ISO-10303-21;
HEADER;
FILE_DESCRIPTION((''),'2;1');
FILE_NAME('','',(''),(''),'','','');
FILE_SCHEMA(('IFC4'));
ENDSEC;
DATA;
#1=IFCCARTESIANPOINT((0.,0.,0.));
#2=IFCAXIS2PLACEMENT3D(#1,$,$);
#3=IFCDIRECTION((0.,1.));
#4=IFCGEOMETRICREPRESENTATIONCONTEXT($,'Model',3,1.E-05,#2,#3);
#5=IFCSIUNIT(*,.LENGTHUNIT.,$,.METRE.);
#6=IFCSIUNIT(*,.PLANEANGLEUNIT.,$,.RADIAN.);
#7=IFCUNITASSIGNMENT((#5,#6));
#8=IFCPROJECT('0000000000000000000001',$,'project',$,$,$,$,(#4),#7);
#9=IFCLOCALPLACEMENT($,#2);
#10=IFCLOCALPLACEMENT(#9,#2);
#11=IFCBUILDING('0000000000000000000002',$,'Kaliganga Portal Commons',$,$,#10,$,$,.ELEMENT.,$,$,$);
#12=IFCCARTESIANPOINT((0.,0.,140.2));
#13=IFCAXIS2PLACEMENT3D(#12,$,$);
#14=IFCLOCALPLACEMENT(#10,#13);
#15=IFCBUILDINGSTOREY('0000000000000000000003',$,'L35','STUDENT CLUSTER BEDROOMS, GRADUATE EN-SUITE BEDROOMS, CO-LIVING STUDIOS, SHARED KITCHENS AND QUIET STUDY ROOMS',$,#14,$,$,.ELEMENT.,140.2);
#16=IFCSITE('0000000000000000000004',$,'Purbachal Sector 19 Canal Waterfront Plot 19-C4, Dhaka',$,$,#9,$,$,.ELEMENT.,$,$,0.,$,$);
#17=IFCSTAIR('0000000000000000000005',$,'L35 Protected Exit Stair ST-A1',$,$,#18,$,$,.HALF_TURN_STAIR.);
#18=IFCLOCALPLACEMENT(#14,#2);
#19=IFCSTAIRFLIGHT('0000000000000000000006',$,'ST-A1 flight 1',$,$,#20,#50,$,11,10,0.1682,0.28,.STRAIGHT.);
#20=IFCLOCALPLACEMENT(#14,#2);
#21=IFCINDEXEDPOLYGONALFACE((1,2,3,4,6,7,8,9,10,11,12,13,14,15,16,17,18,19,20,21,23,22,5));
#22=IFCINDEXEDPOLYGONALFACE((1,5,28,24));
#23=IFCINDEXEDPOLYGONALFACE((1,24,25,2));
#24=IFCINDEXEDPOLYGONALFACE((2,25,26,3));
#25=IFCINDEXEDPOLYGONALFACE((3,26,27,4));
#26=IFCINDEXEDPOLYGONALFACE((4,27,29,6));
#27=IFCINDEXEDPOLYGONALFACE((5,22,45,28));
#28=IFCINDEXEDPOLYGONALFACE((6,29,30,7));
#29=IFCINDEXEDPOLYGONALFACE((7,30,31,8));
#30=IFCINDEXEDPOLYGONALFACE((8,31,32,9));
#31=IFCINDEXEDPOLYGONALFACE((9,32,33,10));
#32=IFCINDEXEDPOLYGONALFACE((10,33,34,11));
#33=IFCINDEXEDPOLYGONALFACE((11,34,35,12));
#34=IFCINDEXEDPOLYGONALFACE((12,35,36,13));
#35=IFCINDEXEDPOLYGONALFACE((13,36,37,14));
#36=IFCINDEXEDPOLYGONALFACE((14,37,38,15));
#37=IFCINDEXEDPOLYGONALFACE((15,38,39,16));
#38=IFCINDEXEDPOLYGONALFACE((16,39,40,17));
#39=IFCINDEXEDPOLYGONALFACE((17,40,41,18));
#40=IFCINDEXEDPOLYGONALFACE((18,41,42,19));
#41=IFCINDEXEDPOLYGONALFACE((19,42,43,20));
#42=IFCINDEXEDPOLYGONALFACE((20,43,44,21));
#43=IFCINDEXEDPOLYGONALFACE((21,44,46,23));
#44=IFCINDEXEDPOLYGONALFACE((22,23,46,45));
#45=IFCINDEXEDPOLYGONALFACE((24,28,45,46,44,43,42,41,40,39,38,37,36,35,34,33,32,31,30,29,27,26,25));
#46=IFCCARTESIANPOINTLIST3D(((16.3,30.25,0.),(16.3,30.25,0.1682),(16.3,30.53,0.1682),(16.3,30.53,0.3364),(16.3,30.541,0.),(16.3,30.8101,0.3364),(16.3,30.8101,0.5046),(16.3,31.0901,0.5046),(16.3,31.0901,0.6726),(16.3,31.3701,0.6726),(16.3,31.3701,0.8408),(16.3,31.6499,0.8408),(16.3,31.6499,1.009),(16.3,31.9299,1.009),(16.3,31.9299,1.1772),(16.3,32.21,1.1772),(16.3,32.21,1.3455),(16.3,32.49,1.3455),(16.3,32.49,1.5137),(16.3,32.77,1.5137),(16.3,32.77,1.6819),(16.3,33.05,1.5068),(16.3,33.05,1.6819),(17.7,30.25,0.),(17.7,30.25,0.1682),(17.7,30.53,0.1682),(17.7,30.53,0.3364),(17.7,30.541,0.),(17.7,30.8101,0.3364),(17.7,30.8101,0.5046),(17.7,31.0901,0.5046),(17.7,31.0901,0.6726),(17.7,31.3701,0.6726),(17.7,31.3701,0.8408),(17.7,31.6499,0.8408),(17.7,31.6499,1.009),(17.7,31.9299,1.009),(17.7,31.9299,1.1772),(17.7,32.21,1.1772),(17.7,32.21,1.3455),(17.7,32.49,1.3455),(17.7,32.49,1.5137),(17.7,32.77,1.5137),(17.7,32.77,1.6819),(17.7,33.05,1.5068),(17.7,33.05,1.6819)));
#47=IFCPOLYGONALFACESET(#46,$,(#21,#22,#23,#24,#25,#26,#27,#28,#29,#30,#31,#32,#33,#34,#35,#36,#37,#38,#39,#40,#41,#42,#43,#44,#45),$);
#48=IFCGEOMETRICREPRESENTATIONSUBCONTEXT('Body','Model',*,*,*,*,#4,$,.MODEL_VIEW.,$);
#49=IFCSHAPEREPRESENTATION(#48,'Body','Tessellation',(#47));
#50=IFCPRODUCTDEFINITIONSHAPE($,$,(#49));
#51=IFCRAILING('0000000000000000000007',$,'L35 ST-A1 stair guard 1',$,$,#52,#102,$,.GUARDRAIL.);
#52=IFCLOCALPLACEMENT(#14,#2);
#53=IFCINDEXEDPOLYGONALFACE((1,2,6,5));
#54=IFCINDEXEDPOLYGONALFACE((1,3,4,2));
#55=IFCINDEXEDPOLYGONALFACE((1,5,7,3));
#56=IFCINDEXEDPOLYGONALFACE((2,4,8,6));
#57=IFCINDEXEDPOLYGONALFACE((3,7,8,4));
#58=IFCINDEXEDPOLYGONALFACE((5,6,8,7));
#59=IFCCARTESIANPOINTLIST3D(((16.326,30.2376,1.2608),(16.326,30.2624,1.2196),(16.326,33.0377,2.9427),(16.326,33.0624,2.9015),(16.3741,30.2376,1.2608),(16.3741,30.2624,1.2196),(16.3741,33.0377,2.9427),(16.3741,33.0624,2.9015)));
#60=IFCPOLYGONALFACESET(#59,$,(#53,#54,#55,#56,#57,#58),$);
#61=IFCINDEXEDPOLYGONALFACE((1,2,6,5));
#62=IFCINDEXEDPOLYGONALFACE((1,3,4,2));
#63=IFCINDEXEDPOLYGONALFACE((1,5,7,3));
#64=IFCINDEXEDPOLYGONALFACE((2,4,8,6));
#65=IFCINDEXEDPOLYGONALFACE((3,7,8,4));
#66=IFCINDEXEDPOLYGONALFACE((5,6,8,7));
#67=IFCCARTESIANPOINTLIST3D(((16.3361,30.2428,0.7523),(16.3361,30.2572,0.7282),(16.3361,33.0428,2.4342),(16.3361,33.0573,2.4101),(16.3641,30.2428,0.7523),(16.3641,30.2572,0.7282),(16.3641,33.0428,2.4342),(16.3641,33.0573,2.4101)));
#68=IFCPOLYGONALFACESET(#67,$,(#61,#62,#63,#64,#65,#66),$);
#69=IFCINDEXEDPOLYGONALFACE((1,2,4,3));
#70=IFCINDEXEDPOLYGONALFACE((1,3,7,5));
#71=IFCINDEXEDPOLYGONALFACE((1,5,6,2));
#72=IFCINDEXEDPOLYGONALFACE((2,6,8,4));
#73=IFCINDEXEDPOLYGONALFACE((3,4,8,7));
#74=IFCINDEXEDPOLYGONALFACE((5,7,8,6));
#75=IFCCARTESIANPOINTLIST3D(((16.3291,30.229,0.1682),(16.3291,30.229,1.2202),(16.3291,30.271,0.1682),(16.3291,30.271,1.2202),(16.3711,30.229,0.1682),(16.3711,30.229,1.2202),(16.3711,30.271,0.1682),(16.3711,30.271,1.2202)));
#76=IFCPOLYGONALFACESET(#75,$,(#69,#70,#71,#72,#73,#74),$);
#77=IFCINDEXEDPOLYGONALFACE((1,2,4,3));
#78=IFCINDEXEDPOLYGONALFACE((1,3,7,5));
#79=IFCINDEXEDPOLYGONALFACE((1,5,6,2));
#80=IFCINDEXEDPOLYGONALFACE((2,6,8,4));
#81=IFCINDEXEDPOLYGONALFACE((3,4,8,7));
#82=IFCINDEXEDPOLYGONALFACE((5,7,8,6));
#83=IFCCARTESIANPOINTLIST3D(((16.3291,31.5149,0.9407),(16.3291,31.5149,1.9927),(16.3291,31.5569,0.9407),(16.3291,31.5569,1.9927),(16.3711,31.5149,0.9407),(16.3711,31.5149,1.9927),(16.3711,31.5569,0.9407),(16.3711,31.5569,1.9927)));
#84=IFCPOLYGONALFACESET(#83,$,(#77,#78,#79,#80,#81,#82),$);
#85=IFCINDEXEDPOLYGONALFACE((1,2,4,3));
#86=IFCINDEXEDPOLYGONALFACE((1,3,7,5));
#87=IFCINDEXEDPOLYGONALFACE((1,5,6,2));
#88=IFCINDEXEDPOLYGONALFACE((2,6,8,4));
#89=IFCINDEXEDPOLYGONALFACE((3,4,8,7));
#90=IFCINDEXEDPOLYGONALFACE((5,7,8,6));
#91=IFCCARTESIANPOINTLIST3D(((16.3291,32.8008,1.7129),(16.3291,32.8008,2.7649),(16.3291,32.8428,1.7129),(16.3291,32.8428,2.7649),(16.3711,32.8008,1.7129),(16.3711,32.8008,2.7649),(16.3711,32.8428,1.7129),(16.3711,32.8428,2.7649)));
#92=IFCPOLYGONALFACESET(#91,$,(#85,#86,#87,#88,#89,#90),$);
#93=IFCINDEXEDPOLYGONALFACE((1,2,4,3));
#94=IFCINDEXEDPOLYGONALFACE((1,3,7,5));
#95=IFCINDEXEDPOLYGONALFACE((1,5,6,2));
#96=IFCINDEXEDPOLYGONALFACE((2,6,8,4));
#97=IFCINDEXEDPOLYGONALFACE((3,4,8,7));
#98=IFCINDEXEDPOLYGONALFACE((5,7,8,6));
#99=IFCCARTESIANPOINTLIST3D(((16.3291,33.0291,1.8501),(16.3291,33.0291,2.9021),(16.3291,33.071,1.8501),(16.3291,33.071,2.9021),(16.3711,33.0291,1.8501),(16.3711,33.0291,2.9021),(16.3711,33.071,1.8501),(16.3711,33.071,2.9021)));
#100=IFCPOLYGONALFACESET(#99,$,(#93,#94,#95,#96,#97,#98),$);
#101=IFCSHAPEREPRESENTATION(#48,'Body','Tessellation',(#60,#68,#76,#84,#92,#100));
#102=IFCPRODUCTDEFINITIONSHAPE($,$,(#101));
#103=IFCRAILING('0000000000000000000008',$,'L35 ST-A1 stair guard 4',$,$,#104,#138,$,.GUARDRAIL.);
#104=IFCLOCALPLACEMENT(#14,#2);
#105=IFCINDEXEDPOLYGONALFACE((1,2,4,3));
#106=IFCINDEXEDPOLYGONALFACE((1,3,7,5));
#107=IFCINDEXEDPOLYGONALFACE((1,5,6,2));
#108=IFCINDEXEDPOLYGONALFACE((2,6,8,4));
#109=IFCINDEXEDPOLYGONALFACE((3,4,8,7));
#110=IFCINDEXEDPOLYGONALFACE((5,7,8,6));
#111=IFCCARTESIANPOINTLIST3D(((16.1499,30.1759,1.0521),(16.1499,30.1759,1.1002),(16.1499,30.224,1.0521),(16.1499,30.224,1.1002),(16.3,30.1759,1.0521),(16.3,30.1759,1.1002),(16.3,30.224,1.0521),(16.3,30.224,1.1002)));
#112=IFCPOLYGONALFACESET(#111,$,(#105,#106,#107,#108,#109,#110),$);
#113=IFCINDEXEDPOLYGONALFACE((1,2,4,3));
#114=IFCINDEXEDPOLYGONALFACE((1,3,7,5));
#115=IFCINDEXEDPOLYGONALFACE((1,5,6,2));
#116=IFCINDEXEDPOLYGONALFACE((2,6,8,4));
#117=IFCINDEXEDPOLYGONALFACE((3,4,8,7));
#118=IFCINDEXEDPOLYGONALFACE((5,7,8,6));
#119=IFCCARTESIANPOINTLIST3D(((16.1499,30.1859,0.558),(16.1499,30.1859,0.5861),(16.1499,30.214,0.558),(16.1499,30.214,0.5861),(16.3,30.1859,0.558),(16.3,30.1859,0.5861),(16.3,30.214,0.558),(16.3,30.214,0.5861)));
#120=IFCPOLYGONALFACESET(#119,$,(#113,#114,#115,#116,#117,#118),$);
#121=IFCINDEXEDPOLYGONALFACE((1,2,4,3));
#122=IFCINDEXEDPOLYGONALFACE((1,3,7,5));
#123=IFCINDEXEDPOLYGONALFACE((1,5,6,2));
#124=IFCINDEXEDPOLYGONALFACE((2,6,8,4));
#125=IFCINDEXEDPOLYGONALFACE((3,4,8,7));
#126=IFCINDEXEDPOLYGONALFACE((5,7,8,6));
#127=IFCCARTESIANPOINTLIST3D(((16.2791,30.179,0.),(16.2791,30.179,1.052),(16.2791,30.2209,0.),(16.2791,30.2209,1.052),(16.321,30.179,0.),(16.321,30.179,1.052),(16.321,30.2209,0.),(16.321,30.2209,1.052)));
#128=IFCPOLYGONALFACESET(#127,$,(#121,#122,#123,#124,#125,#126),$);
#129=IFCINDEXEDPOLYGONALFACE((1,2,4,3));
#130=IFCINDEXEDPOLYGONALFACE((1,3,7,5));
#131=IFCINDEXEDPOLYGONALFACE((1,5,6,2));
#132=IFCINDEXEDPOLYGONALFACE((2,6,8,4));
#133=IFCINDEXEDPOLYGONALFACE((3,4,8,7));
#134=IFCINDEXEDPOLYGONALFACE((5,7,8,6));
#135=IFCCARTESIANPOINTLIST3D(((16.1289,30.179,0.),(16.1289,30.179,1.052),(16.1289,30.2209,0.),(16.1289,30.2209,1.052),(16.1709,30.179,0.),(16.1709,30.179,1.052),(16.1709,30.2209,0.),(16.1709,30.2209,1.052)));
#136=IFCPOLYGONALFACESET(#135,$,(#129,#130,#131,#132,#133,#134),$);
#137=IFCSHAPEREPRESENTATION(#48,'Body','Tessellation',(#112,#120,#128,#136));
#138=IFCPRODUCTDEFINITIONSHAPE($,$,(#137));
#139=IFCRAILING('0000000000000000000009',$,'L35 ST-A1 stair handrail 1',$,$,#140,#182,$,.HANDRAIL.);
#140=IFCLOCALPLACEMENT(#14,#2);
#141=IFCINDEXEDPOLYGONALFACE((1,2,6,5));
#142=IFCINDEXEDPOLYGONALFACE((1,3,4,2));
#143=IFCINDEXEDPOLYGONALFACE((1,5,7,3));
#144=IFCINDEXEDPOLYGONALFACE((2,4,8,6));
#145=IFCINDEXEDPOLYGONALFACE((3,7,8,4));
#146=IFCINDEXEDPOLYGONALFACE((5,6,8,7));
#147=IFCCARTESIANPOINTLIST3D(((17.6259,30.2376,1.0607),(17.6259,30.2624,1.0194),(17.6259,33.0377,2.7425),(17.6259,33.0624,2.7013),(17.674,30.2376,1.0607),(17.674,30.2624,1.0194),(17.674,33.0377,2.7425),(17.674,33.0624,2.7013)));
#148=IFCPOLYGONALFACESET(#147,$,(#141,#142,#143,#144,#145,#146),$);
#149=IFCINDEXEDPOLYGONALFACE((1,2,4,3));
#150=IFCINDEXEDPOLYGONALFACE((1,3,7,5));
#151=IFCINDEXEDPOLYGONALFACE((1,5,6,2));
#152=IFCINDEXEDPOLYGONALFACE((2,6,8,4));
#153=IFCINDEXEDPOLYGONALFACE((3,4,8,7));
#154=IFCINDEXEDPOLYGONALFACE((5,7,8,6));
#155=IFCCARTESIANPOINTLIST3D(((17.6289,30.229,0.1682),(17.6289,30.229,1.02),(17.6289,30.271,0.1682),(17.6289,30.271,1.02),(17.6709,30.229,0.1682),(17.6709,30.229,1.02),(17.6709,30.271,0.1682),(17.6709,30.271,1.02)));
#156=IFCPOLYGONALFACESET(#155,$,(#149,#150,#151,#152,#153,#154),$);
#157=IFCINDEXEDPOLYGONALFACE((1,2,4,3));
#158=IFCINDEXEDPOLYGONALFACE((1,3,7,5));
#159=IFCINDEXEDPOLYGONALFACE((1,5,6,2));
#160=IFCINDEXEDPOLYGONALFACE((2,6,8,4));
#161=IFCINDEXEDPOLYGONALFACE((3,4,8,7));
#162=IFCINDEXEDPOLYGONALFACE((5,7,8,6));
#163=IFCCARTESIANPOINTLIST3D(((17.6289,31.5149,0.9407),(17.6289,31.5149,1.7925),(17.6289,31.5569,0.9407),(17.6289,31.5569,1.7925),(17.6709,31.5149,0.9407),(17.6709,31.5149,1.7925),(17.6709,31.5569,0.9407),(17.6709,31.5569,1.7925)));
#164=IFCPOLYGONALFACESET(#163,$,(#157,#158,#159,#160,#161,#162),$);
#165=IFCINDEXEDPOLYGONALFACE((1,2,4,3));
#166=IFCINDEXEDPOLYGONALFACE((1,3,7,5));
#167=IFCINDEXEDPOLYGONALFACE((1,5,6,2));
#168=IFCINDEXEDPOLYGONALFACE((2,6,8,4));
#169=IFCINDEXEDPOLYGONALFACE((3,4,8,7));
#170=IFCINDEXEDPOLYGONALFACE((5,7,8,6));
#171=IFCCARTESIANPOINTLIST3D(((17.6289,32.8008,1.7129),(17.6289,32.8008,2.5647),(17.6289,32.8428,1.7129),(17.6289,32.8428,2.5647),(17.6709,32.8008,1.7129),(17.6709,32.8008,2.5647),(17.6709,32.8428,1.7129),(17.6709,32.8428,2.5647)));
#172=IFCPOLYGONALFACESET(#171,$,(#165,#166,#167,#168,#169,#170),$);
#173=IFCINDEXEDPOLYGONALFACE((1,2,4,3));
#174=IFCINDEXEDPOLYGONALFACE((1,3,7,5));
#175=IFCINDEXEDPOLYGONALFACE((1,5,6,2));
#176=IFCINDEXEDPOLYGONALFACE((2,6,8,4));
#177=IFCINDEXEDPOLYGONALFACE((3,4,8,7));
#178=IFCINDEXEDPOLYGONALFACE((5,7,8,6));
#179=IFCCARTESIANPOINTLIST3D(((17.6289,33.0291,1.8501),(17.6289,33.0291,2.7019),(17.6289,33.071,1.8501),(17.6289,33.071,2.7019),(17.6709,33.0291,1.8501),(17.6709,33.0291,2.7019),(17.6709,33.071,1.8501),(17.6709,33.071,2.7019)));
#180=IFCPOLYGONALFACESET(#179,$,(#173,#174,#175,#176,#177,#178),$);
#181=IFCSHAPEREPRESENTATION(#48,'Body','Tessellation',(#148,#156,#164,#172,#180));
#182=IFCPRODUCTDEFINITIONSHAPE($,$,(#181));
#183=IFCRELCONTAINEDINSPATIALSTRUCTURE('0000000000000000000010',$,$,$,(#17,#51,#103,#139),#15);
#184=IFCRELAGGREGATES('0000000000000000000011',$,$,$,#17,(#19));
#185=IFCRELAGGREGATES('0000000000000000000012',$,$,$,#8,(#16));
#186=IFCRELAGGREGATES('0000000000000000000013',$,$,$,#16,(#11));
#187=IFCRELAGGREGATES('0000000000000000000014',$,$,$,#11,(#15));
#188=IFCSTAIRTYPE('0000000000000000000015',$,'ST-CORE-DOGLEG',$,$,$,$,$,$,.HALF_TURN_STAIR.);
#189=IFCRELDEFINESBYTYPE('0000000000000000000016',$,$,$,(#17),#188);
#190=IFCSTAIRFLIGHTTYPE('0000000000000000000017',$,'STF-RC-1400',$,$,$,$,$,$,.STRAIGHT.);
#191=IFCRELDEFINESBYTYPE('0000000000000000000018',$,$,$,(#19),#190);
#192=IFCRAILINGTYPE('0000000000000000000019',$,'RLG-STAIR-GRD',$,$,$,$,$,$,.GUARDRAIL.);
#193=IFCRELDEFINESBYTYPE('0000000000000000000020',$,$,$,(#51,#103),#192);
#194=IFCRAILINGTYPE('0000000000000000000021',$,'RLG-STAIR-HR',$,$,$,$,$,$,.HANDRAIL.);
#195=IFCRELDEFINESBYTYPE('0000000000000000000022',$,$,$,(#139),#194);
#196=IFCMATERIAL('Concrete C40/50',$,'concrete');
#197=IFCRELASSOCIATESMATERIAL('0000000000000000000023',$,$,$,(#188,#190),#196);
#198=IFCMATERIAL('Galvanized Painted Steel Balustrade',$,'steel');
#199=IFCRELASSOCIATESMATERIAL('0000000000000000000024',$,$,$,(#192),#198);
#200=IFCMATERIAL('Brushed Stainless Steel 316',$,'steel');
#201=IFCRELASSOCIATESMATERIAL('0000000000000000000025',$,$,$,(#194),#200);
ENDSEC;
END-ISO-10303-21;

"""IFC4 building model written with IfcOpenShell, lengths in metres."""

from ifc_helpers import new_model, si_unit, direction, frame, origin, origin_2d, place, context, subcontext, project, spatial, polyline, rectangle, outline, extrude, material, type_object, element, aggregate, save


model = new_model("IFC4")

# Units and contexts
model_context = context("Model", 3, precision=1e-05, world=origin(), true_north=direction((0.0, 1.0)))
body_context = subcontext(model_context, "Body", "Model", "MODEL_VIEW")
ifc_project = project(units=[si_unit("LENGTHUNIT", "METRE"), si_unit("PLANEANGLEUNIT", "RADIAN")], contexts=[model_context])

# Site, building, storey
site_placement = place(None, origin())
site = spatial("IfcSite", under=ifc_project, at=site_placement, Name="Purbachal Sector 19 Canal Waterfront Plot 19-C4, Dhaka", CompositionType="ELEMENT", RefElevation=0.0)
building_placement = place(site_placement, origin())
building = spatial("IfcBuilding", under=site, at=building_placement, Name="Kaliganga Portal Commons", CompositionType="ELEMENT")
storey_placement = place(building_placement, frame((0.0, 0.0, 140.2)))
storey = spatial("IfcBuildingStorey", under=building, at=storey_placement, Name="L35", Description="STUDENT CLUSTER BEDROOMS, GRADUATE EN-SUITE BEDROOMS, CO-LIVING STUDIOS, SHARED KITCHENS AND QUIET STUDY ROOMS", CompositionType="ELEMENT", Elevation=140.2)

# Stair, stair flight
ifc_material_1 = material(Name="Concrete C40/50", Category="concrete")
stair_type = type_object("IfcStairType", Name="ST-CORE-DOGLEG", PredefinedType="HALF_TURN_STAIR", material=ifc_material_1)
stair_placement = place(storey_placement, origin())
stair = element("IfcStair", 1, at=stair_placement, inside=storey, type_object=stair_type, Name="L35 Protected Exit Stair ST-A1", PredefinedType="HALF_TURN_STAIR")
stair_flight_type = type_object("IfcStairFlightType", Name="STF-RC-1400", PredefinedType="STRAIGHT", material=ifc_material_1)
stair_flight_placement = place(storey_placement, frame((17.0, 30.25, 0.0), z_axis=(0.0, 0.0, 1.0), x_axis=(0.0, 1.0, 0.0)))
stair_flight = element("IfcStairFlight", 2, at=stair_flight_placement, type_object=stair_flight_type, Name="ST-A1 flight 1", NumberOfRisers=11, NumberOfTreads=10, PredefinedType="STRAIGHT", RiserHeight=0.1682, TreadLength=0.28, context=body_context, shape_type="SweptSolid", body=[
    extrude(outline(polyline([(0.0, 0.0), (0.0, 0.1682), (0.28, 0.1682), (0.28, 0.3364), (0.5601, 0.3364), (0.5601, 0.5046), (0.8401, 0.5046), (0.8401, 0.6726), (1.1201, 0.6726), (1.1201, 0.8408), (1.3999, 0.8408), (1.3999, 1.009), (1.6799, 1.009), (1.6799, 1.1772), (1.96, 1.1772), (1.96, 1.3455), (2.24, 1.3455), (2.24, 1.5137), (2.52, 1.5137), (2.52, 1.6819), (2.8, 1.6819), (2.8, 1.8501), (2.8, 1.5068), (0.291, 0.0), (0.0, 0.0)])), frame((0.0, 0.7, 0.0), z_axis=(0.0, -1.0, 0.0), x_axis=(1.0, 0.0, 0.0)), (0.0, 0.0, 1.0), 1.3999),
])
aggregate(stair, [stair_flight])

# Railings
ifc_material_2 = material(Name="Galvanized Painted Steel Balustrade", Category="steel")
railing_type_1 = type_object("IfcRailingType", Name="RLG-STAIR-GRD", PredefinedType="GUARDRAIL", material=ifc_material_2)
railing_1_placement = place(storey_placement, frame((16.3501, 30.25, 0.1682)))
element("IfcRailing", 3, at=railing_1_placement, inside=storey, type_object=railing_type_1, Name="L35 ST-A1 stair guard 1", PredefinedType="GUARDRAIL", context=body_context, shape_type="SweptSolid", body=[
    extrude(rectangle(XDim=0.0481, YDim=0.0481, at=origin_2d()), frame((0.0, 0.0, 1.072), z_axis=(0.0, 0.857242, 0.514913), x_axis=(-1.0, 0.0, 0.0)), (0.0, 0.0, 1.0), 3.2664),
    extrude(rectangle(XDim=0.0281, YDim=0.0281, at=origin_2d()), frame((0.0, 0.0, 0.572), z_axis=(0.0, 0.857242, 0.514913), x_axis=(-1.0, 0.0, 0.0)), (0.0, 0.0, 1.0), 3.2664),
    extrude(rectangle(XDim=0.042, YDim=0.042, at=origin_2d()), origin(), (0.0, 0.0, 1.0), 1.052),
    extrude(rectangle(XDim=0.042, YDim=0.042, at=origin_2d()), frame((0.0, 1.2859, 0.7725)), (0.0, 0.0, 1.0), 1.052),
    extrude(rectangle(XDim=0.042, YDim=0.042, at=origin_2d()), frame((0.0, 2.5718, 1.5447)), (0.0, 0.0, 1.0), 1.052),
    extrude(rectangle(XDim=0.042, YDim=0.042, at=origin_2d()), frame((0.0, 2.8, 1.6819)), (0.0, 0.0, 1.0), 1.052),
])
railing_2_placement = place(storey_placement, frame((16.3, 30.2, 0.0)))
element("IfcRailing", 4, at=railing_2_placement, inside=storey, type_object=railing_type_1, Name="L35 ST-A1 stair guard 4", PredefinedType="GUARDRAIL", context=body_context, shape_type="SweptSolid", body=[
    extrude(rectangle(XDim=0.0481, YDim=0.0481, at=origin_2d()), frame((0.0, 0.0, 1.0762), z_axis=(-1.0, 0.0, 0.0), x_axis=(0.0, -1.0, 0.0)), (0.0, 0.0, 1.0), 0.1501),
    extrude(rectangle(XDim=0.0281, YDim=0.0281, at=origin_2d()), frame((0.0, 0.0, 0.572), z_axis=(-1.0, 0.0, 0.0), x_axis=(0.0, -1.0, 0.0)), (0.0, 0.0, 1.0), 0.1501),
    extrude(rectangle(XDim=0.042, YDim=0.042, at=origin_2d()), origin(), (0.0, 0.0, 1.0), 1.052),
    extrude(rectangle(XDim=0.042, YDim=0.042, at=origin_2d()), frame((-0.1501, 0.0, 0.0)), (0.0, 0.0, 1.0), 1.052),
])
ifc_material_3 = material(Name="Brushed Stainless Steel 316", Category="steel")
railing_type_2 = type_object("IfcRailingType", Name="RLG-STAIR-HR", PredefinedType="HANDRAIL", material=ifc_material_3)
railing_3_placement = place(storey_placement, frame((17.6499, 30.25, 0.1682)))
element("IfcRailing", 5, at=railing_3_placement, inside=storey, type_object=railing_type_2, Name="L35 ST-A1 stair handrail 1", PredefinedType="HANDRAIL", context=body_context, shape_type="SweptSolid", body=[
    extrude(rectangle(XDim=0.0481, YDim=0.0481, at=origin_2d()), frame((0.0, 0.0, 0.8718), z_axis=(0.0, 0.857242, 0.514913), x_axis=(-1.0, 0.0, 0.0)), (0.0, 0.0, 1.0), 3.2664),
    extrude(rectangle(XDim=0.042, YDim=0.042, at=origin_2d()), origin(), (0.0, 0.0, 1.0), 0.8518),
    extrude(rectangle(XDim=0.042, YDim=0.042, at=origin_2d()), frame((0.0, 1.2859, 0.7725)), (0.0, 0.0, 1.0), 0.8518),
    extrude(rectangle(XDim=0.042, YDim=0.042, at=origin_2d()), frame((0.0, 2.5718, 1.5447)), (0.0, 0.0, 1.0), 0.8518),
    extrude(rectangle(XDim=0.042, YDim=0.042, at=origin_2d()), frame((0.0, 2.8, 1.6819)), (0.0, 0.0, 1.0), 0.8518),
])

save(model, "model.ifc")
